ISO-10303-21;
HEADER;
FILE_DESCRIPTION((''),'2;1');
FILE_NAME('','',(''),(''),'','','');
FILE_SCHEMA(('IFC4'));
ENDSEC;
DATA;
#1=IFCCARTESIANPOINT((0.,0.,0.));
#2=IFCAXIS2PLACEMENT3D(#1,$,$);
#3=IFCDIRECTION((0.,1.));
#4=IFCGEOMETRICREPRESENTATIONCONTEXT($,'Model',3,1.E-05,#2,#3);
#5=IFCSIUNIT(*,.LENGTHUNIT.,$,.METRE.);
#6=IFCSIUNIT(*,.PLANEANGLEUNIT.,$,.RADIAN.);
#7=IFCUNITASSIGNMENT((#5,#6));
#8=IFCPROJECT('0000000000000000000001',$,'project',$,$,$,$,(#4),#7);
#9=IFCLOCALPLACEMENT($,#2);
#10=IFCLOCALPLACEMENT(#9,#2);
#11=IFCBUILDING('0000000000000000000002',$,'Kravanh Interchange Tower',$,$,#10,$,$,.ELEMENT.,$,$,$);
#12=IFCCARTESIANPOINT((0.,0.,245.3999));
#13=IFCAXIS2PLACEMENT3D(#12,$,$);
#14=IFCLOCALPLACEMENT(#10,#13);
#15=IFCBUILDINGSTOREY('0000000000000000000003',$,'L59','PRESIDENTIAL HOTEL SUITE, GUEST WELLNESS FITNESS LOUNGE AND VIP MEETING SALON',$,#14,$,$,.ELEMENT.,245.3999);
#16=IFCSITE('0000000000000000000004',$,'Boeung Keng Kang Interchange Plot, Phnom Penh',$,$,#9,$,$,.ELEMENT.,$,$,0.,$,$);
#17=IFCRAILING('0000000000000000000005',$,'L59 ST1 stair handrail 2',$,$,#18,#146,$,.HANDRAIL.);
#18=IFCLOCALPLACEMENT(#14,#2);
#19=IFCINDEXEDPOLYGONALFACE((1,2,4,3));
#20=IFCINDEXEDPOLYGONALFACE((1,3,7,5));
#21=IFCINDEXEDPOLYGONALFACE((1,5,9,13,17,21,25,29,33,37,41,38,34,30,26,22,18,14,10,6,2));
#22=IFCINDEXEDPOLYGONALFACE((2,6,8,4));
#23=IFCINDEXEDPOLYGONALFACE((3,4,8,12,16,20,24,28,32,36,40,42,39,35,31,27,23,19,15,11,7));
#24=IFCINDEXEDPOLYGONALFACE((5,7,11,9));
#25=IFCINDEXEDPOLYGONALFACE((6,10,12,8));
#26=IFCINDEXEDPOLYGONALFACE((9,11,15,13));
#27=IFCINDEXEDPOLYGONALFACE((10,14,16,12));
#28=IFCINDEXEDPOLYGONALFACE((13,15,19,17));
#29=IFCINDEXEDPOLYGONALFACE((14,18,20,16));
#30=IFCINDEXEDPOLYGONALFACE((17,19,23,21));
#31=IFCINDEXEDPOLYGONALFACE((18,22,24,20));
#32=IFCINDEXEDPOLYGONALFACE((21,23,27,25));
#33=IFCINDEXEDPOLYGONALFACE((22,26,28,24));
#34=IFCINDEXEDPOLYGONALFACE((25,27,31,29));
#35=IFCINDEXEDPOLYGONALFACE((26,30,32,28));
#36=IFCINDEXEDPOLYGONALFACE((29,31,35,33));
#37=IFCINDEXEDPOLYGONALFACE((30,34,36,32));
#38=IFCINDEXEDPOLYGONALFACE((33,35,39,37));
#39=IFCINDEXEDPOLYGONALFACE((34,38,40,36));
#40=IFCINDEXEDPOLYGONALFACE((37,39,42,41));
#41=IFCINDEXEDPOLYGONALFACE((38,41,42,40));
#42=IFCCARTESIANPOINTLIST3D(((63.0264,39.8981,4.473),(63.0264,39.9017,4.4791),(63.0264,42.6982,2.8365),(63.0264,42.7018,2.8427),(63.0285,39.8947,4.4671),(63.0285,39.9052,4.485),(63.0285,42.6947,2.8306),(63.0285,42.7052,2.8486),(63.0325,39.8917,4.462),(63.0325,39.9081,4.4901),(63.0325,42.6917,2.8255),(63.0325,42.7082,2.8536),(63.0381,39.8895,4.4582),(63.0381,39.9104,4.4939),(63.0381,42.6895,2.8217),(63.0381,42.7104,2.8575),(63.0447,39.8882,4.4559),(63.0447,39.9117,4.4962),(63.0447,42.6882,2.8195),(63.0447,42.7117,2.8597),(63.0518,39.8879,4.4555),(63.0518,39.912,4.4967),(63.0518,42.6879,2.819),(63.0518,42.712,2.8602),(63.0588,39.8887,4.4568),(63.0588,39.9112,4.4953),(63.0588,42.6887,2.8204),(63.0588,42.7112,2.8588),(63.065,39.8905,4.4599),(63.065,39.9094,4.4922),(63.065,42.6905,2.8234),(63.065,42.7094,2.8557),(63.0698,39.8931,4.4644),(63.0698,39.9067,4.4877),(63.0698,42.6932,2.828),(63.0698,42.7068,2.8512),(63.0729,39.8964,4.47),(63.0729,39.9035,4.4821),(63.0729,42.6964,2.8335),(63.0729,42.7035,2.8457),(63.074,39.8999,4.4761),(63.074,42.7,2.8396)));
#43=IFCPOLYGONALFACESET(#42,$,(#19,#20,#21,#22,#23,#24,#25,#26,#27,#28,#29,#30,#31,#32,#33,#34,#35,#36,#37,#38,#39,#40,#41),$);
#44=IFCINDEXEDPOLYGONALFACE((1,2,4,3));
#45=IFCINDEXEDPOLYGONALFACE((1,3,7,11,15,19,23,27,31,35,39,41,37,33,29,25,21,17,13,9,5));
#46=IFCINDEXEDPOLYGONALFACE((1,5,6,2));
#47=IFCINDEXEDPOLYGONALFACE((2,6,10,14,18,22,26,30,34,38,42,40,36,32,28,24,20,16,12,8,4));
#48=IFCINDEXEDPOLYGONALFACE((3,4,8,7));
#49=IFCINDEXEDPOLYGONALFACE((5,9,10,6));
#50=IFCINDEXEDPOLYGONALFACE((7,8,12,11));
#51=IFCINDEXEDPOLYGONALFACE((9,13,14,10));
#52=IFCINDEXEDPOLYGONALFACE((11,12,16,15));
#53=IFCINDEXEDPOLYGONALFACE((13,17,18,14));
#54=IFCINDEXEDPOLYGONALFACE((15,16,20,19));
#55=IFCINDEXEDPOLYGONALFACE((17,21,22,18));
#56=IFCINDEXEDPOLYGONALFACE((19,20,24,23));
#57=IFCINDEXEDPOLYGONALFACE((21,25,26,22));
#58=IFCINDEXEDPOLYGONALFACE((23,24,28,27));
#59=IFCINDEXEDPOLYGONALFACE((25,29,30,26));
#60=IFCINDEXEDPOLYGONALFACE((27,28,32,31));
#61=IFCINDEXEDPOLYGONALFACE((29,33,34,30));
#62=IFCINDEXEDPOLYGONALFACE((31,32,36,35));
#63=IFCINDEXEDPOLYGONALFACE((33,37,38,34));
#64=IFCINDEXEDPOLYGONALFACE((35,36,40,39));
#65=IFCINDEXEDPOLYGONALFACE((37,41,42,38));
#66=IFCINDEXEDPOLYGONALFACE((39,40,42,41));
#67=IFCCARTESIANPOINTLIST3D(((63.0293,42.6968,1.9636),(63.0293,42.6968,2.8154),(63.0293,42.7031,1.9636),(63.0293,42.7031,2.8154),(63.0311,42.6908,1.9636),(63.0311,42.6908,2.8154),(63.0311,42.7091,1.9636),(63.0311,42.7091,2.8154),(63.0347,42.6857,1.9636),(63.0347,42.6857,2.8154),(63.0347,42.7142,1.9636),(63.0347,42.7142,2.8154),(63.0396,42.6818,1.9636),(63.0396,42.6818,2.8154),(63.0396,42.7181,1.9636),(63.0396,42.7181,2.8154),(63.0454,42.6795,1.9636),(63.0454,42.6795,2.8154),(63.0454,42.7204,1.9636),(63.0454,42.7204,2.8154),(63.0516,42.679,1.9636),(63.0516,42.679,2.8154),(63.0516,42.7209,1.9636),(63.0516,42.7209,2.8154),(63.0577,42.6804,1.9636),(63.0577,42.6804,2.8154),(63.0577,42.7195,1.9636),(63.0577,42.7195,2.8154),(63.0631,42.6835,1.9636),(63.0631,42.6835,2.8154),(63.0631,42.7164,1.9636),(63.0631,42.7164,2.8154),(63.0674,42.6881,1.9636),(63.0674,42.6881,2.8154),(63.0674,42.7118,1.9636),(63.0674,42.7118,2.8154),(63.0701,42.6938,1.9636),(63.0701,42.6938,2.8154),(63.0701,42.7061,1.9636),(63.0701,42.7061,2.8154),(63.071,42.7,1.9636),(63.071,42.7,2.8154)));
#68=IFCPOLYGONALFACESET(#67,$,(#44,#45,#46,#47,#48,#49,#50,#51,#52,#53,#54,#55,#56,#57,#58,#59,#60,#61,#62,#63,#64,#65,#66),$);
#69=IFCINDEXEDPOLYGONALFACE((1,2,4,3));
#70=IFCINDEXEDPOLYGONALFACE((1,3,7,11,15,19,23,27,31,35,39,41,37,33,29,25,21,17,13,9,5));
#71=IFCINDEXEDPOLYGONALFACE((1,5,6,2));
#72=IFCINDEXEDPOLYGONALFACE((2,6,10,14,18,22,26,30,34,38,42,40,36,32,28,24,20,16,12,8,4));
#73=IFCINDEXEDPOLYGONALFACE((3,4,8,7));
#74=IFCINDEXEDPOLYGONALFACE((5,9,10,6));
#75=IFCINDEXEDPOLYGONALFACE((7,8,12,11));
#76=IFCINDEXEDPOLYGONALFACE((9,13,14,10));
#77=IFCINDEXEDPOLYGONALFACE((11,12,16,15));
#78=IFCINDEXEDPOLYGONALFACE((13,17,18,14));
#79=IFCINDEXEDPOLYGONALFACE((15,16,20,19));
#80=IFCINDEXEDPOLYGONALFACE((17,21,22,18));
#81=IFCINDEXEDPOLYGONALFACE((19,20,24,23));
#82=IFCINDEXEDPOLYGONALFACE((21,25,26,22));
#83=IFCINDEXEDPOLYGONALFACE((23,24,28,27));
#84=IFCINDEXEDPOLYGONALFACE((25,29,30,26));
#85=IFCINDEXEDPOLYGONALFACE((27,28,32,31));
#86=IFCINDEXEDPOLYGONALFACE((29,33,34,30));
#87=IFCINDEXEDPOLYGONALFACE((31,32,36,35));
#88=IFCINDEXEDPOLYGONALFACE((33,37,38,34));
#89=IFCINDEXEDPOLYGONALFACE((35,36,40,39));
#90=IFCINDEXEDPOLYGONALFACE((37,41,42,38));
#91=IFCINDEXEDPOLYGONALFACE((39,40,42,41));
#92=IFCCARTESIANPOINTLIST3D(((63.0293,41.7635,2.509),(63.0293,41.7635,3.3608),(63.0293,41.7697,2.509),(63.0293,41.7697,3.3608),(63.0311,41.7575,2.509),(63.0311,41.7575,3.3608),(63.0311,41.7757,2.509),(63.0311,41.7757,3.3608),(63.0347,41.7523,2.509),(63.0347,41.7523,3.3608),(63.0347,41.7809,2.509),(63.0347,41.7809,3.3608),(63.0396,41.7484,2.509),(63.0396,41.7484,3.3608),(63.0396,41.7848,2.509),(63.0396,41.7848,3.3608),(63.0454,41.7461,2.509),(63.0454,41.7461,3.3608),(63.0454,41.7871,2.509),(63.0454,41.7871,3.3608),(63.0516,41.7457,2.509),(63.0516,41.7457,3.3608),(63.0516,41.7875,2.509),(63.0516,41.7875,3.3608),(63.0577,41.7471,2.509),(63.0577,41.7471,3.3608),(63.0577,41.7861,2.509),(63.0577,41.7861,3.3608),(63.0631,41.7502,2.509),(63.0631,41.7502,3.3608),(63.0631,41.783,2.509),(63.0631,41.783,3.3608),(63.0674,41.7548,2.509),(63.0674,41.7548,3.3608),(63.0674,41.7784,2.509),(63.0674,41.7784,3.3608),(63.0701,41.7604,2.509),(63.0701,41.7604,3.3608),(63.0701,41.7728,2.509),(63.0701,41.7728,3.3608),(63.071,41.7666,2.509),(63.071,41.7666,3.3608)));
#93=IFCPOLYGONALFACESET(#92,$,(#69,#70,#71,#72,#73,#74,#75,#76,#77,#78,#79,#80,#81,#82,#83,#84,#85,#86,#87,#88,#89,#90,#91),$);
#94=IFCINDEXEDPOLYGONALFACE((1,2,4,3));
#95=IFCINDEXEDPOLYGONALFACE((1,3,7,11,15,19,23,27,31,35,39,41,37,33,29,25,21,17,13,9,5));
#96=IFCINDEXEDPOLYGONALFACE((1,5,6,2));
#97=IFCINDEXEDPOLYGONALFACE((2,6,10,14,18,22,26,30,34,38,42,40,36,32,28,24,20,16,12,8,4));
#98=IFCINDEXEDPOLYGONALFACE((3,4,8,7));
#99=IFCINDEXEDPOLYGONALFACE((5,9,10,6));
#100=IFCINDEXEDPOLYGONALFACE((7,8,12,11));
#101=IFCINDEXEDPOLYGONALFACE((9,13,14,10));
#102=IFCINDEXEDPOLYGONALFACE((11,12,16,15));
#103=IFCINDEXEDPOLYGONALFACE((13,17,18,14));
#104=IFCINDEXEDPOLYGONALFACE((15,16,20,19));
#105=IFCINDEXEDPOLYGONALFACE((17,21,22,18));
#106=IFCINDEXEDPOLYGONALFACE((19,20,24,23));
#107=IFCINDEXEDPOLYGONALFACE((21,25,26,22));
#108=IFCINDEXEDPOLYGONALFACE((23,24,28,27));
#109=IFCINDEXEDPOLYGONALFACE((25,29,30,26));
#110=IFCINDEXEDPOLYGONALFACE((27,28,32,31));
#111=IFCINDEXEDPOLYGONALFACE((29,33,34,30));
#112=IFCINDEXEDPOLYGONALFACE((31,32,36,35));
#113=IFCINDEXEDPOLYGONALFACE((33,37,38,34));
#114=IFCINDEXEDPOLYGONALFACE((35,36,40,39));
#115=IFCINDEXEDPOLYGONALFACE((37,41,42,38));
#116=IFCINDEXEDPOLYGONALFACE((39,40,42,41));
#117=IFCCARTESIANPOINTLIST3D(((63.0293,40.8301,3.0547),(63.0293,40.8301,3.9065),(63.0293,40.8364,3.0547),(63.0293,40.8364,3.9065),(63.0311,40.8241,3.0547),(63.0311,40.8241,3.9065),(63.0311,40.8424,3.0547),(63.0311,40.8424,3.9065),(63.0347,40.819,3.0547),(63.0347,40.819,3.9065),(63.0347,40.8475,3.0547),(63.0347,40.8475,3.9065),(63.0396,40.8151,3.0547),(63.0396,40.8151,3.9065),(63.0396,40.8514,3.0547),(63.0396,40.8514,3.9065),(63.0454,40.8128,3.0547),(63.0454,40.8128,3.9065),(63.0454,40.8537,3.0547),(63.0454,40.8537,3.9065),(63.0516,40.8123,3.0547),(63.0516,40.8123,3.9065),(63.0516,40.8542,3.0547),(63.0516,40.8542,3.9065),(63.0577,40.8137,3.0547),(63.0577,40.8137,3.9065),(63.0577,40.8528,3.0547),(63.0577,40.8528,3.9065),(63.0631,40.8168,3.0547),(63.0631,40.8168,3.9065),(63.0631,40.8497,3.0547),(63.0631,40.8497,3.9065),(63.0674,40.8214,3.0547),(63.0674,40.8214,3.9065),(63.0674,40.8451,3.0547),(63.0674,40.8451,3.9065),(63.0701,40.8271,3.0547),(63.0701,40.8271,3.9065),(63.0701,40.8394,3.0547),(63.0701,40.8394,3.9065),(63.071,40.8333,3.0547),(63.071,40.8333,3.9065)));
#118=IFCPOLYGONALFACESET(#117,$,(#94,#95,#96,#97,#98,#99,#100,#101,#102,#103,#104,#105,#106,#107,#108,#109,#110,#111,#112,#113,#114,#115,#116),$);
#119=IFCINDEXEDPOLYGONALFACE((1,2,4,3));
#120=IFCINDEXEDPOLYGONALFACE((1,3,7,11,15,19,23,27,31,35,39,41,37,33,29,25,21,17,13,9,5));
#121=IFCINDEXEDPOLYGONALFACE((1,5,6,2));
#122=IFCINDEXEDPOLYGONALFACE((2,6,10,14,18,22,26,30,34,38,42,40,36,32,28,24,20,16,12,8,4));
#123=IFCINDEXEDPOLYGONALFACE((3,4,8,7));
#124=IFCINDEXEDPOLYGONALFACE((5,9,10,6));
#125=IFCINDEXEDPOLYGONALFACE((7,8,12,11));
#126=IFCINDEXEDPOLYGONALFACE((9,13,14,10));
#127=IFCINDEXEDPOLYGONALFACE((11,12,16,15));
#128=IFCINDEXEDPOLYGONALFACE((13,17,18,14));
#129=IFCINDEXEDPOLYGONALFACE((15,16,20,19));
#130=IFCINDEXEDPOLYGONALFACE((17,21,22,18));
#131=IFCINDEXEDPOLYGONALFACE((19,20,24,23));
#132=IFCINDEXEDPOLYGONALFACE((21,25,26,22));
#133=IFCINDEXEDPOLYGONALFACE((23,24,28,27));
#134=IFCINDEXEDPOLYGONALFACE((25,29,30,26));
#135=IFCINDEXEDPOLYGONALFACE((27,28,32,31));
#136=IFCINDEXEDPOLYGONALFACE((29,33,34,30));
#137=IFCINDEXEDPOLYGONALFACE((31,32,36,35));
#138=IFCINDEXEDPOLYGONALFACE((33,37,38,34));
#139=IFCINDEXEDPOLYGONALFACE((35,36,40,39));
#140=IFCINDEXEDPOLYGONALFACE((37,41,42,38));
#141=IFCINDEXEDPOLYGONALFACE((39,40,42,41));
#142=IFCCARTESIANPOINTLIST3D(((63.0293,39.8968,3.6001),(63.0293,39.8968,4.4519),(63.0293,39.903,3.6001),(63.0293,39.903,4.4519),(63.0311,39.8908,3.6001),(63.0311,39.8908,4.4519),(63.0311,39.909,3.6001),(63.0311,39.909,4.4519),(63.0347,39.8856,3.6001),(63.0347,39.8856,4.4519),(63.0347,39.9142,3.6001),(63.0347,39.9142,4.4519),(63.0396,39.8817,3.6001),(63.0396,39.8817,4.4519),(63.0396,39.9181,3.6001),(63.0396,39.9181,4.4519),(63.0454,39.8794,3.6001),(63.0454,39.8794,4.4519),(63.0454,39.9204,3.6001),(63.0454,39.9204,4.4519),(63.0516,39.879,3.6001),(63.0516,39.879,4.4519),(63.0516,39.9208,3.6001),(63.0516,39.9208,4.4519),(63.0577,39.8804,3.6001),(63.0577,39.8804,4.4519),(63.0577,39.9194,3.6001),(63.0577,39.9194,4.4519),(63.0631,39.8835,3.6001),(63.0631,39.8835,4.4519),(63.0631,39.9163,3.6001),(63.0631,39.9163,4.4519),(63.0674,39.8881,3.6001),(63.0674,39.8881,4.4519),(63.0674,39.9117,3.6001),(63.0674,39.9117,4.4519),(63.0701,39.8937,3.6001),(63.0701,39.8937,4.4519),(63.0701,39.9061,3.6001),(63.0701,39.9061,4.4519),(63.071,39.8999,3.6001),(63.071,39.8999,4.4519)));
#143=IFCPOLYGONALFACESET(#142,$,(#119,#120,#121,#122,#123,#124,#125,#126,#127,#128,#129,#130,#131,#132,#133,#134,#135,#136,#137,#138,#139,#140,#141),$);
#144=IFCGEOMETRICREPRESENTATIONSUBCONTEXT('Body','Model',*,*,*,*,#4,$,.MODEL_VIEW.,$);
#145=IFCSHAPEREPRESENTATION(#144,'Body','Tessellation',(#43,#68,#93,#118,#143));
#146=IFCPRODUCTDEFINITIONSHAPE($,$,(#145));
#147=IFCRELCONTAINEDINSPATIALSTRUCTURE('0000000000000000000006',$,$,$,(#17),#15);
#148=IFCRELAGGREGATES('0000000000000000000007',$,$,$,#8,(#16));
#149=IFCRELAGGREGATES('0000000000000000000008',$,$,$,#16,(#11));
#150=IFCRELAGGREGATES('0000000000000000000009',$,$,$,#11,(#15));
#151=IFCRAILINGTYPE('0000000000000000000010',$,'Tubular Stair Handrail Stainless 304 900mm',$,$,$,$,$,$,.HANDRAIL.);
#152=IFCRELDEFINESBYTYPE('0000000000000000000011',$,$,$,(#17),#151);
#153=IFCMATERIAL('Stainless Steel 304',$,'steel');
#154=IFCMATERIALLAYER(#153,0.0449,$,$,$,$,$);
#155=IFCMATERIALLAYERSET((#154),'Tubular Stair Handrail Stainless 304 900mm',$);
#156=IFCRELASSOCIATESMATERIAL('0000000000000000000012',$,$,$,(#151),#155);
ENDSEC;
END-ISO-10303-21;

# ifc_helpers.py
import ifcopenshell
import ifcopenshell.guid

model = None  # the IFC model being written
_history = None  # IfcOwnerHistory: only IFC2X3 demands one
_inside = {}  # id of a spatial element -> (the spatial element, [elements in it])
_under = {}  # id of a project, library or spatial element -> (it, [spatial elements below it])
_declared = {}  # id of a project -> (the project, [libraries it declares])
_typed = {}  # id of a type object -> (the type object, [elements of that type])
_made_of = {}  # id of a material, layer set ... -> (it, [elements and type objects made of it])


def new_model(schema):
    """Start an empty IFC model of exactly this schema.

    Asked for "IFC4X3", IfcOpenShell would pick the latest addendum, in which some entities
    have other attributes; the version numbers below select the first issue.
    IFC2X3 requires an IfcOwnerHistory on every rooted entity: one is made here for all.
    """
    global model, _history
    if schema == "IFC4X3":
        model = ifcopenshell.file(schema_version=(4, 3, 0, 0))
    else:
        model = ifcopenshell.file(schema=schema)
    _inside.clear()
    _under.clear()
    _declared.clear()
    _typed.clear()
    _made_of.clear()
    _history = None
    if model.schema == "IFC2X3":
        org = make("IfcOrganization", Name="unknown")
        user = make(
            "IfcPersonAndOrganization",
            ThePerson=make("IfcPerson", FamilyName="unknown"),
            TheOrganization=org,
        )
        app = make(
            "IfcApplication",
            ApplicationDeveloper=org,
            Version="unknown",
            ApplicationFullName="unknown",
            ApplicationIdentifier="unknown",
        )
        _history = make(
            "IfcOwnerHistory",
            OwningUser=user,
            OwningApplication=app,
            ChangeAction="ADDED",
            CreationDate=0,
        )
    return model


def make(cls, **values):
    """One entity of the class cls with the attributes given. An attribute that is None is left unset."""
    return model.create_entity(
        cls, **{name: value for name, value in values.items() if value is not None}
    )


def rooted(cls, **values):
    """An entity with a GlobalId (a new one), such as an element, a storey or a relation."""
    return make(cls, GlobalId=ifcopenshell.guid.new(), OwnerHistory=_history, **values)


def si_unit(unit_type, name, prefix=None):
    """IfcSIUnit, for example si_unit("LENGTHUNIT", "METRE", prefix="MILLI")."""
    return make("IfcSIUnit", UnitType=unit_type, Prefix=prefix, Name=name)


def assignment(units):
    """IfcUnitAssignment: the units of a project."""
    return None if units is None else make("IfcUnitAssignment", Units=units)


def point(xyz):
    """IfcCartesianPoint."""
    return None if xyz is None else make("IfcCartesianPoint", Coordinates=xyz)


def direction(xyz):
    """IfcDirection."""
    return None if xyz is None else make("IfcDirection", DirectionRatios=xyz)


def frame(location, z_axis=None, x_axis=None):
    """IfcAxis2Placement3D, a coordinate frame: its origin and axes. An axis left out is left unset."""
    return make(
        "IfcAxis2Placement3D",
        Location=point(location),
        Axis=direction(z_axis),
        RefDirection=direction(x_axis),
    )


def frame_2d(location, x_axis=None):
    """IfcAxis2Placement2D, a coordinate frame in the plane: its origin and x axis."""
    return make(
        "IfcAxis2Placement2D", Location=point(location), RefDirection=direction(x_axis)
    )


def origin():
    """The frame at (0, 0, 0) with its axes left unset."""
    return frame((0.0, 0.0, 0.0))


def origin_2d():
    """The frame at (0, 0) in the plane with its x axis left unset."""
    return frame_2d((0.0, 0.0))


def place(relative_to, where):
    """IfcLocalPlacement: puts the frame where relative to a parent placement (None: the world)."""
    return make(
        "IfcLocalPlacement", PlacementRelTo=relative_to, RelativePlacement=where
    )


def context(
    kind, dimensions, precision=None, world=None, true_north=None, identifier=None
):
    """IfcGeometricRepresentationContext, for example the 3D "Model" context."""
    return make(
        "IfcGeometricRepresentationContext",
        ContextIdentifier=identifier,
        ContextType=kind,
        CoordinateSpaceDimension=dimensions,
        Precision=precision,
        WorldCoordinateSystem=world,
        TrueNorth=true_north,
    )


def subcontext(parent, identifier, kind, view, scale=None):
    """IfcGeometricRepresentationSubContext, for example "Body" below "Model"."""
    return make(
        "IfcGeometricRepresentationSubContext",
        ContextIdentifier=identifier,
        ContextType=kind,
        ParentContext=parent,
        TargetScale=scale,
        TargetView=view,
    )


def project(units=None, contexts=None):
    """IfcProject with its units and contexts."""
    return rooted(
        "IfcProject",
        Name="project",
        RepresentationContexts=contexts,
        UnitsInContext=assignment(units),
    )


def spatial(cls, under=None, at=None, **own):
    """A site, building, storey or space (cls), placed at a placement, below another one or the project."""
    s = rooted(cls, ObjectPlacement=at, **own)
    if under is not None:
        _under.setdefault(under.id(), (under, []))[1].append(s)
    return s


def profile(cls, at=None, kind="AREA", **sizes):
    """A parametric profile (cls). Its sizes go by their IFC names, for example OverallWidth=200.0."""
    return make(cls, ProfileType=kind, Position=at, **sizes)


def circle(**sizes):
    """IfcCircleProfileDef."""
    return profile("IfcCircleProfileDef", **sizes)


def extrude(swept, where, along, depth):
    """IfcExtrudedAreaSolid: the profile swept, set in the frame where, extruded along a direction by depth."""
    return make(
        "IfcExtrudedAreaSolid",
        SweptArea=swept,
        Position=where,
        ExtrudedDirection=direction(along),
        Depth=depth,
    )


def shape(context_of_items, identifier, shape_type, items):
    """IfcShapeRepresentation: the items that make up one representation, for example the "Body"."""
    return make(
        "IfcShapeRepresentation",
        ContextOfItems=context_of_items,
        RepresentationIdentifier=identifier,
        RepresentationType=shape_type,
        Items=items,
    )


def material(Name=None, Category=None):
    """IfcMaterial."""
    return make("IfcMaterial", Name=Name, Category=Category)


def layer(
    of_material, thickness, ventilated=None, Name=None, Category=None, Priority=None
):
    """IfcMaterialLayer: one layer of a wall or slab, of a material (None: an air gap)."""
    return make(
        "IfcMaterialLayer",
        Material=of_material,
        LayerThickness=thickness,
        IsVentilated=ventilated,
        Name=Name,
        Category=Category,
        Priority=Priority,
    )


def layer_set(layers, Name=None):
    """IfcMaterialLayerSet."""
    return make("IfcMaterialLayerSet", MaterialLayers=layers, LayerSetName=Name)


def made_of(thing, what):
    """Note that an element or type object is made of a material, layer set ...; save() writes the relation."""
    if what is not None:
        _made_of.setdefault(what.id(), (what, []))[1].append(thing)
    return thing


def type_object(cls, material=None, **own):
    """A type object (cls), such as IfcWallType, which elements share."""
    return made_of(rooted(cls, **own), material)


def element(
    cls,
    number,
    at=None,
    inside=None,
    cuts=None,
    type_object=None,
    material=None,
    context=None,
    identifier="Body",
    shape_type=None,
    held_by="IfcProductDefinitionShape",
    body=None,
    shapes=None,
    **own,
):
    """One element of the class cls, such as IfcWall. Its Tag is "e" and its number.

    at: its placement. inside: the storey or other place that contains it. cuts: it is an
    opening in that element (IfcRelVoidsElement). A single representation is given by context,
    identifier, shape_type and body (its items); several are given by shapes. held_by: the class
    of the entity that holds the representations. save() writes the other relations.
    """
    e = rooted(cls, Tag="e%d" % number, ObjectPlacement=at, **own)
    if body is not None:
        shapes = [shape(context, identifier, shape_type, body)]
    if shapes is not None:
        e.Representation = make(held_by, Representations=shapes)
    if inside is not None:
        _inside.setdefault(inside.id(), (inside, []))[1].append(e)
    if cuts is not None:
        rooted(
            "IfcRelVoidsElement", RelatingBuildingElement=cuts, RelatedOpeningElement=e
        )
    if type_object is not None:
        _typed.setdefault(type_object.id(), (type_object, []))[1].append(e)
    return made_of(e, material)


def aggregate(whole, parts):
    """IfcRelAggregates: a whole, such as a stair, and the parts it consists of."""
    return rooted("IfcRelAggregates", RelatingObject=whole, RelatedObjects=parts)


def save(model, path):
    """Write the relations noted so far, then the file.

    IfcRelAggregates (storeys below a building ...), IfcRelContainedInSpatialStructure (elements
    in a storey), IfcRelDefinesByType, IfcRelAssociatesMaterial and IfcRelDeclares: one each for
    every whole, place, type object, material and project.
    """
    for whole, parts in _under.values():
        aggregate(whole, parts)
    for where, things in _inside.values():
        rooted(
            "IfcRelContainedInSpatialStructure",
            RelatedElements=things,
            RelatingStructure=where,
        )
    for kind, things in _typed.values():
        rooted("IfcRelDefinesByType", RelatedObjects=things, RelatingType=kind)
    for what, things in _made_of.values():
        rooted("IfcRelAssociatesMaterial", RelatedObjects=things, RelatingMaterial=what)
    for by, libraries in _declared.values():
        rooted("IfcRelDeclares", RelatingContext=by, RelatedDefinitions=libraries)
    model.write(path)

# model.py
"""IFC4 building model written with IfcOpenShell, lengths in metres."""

from ifc_helpers import new_model, si_unit, direction, frame, origin, origin_2d, place, context, subcontext, project, spatial, circle, extrude, material, layer, layer_set, type_object, element, save


model = new_model("IFC4")

# Units and contexts
model_context = context("Model", 3, precision=1e-05, world=origin(), true_north=direction((0.0, 1.0)))
body_context = subcontext(model_context, "Body", "Model", "MODEL_VIEW")
ifc_project = project(units=[si_unit("LENGTHUNIT", "METRE"), si_unit("PLANEANGLEUNIT", "RADIAN")], contexts=[model_context])

# Site, building, storey
site_placement = place(None, origin())
site = spatial("IfcSite", under=ifc_project, at=site_placement, Name="Boeung Keng Kang Interchange Plot, Phnom Penh", CompositionType="ELEMENT", RefElevation=0.0)
building_placement = place(site_placement, origin())
building = spatial("IfcBuilding", under=site, at=building_placement, Name="Kravanh Interchange Tower", CompositionType="ELEMENT")
storey_placement = place(building_placement, frame((0.0, 0.0, 245.3999)))
storey = spatial("IfcBuildingStorey", under=building, at=storey_placement, Name="L59", Description="PRESIDENTIAL HOTEL SUITE, GUEST WELLNESS FITNESS LOUNGE AND VIP MEETING SALON", CompositionType="ELEMENT", Elevation=245.3999)

# Railing
ifc_material_1 = material(Name="Stainless Steel 304", Category="steel")
ifc_layer_1 = layer(ifc_material_1, 0.0449)
ifc_layer_set_1 = layer_set([ifc_layer_1], Name="Tubular Stair Handrail Stainless 304 900mm")
railing_type_1 = type_object("IfcRailingType", Name="Tubular Stair Handrail Stainless 304 900mm", PredefinedType="HANDRAIL", material=ifc_layer_set_1)
railing_1_placement = place(storey_placement, frame((63.05, 42.7, 1.9636)))
element("IfcRailing", 1, at=railing_1_placement, inside=storey, type_object=railing_type_1, Name="L59 ST1 stair handrail 2", PredefinedType="HANDRAIL", context=body_context, shape_type="SweptSolid", body=[
    extrude(circle(Radius=0.0239, at=origin_2d()), frame((0.0, 0.0, 0.876), z_axis=(0.0, -0.863361, 0.504587), x_axis=(1.0, 0.0, 0.0)), (0.0, 0.0, 1.0), 3.2432),
    extrude(circle(Radius=0.021, at=origin_2d()), origin(), (0.0, 0.0, 1.0), 0.8518),
    extrude(circle(Radius=0.021, at=origin_2d()), frame((0.0, -0.9333, 0.5454)), (0.0, 0.0, 1.0), 0.8518),
    extrude(circle(Radius=0.021, at=origin_2d()), frame((0.0, -1.8667, 1.0911)), (0.0, 0.0, 1.0), 0.8518),
    extrude(circle(Radius=0.021, at=origin_2d()), frame((0.0, -2.8, 1.6365)), (0.0, 0.0, 1.0), 0.8518),
])

save(model, "model.ifc")
